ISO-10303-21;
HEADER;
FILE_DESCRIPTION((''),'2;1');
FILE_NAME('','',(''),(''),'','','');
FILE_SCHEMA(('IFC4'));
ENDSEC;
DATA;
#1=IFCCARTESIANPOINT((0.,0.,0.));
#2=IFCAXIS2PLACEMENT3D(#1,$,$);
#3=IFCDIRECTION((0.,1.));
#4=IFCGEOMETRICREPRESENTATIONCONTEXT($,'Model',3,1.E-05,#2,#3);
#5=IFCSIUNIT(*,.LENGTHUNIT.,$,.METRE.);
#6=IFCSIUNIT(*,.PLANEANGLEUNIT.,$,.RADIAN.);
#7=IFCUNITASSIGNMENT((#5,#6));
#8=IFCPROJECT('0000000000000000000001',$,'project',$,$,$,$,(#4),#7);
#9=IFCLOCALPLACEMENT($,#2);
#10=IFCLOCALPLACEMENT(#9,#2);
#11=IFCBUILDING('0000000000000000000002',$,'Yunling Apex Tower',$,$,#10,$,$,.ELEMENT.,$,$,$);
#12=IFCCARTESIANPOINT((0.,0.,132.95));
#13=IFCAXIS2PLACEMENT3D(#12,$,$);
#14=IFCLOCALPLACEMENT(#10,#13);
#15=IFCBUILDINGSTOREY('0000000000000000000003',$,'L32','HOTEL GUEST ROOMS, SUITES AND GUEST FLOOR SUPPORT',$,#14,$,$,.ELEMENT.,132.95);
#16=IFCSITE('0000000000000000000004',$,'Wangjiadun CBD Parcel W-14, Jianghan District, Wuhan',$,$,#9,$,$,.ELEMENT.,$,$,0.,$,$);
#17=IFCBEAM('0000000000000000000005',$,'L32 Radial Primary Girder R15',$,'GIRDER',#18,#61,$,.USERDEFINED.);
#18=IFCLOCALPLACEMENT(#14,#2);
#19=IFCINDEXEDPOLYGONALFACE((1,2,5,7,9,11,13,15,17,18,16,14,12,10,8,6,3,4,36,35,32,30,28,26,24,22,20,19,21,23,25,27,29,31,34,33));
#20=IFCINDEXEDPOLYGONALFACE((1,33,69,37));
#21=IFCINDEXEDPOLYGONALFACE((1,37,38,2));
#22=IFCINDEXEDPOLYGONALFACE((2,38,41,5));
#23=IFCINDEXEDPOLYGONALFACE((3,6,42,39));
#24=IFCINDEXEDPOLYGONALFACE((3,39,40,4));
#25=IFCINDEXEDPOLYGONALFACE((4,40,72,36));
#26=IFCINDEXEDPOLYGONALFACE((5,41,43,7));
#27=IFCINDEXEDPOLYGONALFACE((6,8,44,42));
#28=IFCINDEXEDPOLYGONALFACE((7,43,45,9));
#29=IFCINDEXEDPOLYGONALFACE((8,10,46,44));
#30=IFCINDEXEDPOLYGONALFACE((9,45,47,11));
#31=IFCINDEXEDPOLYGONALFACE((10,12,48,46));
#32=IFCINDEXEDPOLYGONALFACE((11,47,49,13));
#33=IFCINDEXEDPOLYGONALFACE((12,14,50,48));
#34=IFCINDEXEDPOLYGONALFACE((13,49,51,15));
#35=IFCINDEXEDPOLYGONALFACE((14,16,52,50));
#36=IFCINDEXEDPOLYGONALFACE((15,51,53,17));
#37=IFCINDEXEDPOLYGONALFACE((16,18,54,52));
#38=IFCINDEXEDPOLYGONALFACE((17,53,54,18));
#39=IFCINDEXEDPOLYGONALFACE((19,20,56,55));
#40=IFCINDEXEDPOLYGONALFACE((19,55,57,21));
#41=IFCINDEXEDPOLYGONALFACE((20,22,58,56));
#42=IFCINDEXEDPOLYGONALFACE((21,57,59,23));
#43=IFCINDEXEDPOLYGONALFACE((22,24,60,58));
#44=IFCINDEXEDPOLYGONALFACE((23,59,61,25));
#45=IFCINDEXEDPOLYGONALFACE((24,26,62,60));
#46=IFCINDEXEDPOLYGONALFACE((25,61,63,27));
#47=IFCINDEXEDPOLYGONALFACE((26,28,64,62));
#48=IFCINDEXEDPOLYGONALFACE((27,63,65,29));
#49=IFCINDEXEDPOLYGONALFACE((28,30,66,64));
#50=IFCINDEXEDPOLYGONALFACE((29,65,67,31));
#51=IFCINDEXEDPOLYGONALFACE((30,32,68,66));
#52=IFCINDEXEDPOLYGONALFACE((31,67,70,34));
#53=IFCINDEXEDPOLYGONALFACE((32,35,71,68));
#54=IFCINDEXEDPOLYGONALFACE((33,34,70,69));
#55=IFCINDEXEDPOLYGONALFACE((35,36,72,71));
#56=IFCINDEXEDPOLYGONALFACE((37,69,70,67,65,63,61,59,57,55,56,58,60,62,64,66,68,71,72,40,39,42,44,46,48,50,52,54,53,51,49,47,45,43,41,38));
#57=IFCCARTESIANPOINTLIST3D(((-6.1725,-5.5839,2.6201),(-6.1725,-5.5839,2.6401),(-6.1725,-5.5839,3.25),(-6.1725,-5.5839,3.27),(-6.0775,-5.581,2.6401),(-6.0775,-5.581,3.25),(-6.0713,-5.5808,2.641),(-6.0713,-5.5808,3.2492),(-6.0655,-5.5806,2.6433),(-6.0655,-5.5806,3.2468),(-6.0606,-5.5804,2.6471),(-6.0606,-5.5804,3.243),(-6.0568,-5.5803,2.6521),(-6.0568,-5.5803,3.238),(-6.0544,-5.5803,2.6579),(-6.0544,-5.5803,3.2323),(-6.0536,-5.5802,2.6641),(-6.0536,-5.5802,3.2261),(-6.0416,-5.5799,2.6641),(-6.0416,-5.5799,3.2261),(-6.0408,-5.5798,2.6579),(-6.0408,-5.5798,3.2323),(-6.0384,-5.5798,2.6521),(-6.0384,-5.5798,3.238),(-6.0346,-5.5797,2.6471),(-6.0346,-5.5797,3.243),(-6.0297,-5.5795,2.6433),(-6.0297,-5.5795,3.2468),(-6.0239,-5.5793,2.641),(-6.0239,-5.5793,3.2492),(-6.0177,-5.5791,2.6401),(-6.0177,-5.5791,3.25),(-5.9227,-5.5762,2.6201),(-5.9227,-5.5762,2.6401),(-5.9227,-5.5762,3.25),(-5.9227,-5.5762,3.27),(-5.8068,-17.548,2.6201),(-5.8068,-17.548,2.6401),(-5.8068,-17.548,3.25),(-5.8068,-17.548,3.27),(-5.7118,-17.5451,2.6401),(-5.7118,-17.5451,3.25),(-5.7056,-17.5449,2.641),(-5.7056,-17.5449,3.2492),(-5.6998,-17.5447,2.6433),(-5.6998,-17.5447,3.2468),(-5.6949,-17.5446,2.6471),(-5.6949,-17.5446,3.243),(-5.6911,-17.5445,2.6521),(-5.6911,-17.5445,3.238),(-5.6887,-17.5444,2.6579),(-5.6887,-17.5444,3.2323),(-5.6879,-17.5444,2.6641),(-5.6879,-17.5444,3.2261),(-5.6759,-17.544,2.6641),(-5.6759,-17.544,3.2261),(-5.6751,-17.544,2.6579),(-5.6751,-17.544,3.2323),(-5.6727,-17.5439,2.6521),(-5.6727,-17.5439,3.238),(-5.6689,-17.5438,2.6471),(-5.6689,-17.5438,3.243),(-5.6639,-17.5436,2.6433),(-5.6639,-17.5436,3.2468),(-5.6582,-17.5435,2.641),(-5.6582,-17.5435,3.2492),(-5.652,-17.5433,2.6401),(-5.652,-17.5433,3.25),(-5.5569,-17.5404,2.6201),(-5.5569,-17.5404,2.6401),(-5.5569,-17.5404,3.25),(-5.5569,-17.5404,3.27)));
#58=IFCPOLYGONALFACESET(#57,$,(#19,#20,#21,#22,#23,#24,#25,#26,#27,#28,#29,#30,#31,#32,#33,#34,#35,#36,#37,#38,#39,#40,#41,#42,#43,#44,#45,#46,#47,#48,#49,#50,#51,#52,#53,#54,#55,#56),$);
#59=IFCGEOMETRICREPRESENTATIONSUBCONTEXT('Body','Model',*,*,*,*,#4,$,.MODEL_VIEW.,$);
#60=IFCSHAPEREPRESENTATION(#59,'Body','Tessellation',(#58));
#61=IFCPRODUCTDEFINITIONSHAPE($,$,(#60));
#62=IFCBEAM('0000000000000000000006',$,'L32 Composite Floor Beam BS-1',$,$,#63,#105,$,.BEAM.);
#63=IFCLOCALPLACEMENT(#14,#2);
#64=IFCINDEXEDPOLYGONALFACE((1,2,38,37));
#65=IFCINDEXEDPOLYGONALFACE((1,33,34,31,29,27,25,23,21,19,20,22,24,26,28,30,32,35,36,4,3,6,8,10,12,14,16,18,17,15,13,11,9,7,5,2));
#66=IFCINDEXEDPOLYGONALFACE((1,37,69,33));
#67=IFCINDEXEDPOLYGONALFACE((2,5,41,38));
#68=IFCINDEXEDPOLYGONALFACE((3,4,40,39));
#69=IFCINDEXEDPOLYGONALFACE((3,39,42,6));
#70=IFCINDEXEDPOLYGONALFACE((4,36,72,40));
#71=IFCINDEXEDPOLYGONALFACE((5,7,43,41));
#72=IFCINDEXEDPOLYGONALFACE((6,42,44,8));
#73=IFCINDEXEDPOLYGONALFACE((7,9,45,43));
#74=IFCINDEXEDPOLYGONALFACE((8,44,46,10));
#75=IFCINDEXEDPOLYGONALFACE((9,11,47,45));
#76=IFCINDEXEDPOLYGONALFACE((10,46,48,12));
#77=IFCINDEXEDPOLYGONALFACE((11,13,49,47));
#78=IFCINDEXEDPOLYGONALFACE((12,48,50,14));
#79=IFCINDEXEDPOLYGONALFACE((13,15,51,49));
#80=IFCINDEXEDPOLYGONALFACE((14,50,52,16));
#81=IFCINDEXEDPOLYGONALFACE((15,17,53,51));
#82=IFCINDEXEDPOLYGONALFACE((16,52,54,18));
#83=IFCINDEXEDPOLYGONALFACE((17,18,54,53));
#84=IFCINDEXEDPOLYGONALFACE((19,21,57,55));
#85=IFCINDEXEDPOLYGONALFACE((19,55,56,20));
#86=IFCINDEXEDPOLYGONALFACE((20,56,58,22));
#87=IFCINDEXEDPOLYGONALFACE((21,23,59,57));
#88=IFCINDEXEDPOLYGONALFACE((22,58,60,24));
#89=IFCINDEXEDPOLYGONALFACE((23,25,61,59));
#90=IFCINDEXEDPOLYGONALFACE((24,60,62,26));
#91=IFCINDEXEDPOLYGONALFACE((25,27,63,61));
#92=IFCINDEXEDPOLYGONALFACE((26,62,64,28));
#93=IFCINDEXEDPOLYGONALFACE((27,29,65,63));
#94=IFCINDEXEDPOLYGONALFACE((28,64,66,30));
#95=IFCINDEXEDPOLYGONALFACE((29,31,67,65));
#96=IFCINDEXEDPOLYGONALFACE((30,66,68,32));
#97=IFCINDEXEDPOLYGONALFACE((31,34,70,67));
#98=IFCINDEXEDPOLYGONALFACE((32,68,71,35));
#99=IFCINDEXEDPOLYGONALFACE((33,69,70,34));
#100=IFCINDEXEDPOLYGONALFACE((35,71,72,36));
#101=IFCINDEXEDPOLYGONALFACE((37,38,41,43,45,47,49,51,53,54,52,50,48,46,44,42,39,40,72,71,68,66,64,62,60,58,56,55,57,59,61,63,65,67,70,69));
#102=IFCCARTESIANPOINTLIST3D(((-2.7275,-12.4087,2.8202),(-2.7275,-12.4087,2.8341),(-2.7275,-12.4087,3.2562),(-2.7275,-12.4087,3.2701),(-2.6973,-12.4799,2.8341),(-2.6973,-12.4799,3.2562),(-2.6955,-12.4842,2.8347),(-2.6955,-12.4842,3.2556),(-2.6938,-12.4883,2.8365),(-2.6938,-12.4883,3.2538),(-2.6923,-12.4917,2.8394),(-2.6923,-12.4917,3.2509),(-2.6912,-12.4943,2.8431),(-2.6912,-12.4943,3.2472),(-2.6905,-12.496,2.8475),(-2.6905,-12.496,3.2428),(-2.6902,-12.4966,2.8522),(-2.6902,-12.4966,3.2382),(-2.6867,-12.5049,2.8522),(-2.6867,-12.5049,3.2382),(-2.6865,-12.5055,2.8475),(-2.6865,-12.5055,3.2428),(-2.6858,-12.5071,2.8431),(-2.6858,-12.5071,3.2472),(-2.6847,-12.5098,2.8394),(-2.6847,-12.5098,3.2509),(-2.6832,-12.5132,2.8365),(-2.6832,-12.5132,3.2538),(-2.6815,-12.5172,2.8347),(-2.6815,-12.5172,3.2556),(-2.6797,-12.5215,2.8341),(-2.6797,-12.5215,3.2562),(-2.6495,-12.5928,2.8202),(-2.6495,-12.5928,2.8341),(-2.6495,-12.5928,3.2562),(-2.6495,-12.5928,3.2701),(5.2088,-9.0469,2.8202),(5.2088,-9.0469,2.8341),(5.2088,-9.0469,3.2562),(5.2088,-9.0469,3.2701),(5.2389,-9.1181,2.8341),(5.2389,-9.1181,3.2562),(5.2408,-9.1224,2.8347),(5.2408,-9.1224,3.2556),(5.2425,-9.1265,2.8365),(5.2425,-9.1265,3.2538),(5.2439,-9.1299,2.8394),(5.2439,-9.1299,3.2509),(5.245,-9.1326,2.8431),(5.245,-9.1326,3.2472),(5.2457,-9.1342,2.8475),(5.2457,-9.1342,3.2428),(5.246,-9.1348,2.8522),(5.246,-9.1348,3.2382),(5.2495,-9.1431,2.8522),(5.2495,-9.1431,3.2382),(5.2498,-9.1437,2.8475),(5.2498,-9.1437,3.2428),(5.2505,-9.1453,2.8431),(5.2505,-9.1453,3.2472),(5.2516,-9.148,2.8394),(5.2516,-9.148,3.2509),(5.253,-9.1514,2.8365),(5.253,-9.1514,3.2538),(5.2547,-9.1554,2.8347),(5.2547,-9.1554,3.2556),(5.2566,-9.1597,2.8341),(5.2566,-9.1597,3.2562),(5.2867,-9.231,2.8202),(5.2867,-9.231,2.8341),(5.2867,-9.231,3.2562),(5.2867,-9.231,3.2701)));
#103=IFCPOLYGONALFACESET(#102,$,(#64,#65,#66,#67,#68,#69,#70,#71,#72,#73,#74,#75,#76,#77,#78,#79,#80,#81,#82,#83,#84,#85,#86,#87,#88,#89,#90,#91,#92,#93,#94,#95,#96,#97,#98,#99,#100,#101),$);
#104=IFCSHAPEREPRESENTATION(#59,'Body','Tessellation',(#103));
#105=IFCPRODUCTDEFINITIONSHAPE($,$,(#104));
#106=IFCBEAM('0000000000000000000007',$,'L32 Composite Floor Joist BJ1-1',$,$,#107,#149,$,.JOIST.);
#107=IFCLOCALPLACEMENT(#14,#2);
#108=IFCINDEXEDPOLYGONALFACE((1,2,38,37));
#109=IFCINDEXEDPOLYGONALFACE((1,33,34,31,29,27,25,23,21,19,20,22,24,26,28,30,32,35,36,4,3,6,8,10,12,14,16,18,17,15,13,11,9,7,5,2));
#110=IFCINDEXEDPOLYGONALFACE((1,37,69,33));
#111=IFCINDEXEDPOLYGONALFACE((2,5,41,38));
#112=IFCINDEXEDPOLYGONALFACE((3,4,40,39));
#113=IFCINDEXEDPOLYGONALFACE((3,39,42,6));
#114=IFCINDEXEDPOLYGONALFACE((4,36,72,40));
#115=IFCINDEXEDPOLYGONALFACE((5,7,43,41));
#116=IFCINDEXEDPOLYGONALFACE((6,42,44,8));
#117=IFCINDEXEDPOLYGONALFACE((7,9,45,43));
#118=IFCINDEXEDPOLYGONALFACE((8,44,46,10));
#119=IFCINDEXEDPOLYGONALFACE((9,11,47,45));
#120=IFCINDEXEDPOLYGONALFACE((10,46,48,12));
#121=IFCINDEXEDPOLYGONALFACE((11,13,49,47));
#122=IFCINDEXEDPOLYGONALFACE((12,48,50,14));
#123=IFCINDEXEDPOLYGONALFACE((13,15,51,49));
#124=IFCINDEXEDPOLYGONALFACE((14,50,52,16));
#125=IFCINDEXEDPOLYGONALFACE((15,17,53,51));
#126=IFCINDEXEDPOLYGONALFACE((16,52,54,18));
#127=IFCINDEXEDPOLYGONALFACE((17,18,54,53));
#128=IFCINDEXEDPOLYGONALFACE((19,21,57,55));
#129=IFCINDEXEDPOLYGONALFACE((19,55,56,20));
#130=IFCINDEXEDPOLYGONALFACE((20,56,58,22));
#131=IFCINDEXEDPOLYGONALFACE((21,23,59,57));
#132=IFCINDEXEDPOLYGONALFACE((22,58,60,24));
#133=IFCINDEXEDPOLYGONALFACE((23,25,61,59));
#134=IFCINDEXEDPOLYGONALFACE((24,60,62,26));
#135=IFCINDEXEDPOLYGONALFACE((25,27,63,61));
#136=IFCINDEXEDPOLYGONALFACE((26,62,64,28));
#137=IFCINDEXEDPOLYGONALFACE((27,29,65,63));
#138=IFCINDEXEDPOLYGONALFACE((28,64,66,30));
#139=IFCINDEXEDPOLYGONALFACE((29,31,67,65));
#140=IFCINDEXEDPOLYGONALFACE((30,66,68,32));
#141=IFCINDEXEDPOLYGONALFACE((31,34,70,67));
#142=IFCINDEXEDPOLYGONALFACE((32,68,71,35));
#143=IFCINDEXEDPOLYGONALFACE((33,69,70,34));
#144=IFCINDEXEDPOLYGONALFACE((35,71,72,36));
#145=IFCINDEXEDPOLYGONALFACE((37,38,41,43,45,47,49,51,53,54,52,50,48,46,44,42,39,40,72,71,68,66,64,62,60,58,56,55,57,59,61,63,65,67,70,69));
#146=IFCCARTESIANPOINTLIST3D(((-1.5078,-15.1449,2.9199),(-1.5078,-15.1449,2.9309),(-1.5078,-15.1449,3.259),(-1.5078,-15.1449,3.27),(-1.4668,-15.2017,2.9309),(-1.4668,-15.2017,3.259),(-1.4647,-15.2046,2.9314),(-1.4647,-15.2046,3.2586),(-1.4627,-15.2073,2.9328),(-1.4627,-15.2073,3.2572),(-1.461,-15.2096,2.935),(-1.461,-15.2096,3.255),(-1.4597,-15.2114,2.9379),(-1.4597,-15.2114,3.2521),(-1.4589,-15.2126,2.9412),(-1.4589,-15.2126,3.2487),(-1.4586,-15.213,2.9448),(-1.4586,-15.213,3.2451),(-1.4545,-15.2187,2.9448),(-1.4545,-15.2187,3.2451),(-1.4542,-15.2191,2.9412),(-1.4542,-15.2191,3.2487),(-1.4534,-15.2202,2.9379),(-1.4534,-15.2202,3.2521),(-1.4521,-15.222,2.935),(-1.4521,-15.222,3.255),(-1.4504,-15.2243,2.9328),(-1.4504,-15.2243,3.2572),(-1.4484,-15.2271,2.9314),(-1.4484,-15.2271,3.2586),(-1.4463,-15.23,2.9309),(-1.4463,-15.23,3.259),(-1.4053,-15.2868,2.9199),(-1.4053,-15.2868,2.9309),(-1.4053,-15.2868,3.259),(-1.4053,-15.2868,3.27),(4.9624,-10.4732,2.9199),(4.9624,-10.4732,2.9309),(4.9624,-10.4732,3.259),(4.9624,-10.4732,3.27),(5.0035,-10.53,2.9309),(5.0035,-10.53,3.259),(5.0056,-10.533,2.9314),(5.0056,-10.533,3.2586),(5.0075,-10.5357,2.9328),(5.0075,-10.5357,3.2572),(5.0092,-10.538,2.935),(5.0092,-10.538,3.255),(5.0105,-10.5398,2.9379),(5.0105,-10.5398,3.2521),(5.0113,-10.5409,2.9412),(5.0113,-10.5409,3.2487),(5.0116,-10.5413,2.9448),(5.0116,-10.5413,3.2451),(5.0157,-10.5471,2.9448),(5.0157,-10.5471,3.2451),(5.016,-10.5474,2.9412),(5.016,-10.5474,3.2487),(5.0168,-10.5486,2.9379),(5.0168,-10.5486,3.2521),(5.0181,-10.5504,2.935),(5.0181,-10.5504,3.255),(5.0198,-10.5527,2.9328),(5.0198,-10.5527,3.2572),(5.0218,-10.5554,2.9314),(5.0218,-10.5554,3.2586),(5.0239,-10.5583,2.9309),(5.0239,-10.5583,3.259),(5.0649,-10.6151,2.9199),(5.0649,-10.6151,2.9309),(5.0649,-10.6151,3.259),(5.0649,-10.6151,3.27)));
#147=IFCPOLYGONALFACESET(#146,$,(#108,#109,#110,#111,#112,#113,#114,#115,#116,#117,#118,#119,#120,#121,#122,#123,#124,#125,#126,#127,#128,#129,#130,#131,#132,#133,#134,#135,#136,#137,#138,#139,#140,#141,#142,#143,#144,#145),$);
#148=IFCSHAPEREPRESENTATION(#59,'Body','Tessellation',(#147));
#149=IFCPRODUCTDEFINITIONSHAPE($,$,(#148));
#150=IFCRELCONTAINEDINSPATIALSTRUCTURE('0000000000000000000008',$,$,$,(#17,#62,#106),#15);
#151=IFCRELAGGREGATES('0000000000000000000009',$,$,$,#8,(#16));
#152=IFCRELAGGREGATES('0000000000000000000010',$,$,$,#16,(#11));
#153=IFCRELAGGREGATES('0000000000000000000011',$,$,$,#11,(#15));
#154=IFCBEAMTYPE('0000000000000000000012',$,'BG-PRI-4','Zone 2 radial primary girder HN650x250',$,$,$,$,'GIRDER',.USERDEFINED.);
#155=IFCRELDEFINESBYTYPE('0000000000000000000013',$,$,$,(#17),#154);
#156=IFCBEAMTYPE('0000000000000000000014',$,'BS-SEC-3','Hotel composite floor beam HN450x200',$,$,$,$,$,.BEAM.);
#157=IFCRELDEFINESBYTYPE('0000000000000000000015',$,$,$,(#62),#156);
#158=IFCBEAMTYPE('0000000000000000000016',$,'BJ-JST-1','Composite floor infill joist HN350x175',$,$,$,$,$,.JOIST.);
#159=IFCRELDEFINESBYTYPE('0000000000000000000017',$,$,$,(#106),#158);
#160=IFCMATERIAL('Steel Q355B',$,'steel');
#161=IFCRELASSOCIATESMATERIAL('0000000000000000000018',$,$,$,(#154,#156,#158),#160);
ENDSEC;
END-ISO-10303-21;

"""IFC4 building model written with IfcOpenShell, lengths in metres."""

from ifc_helpers import new_model, si_unit, direction, frame, origin, origin_2d, place, context, subcontext, project, spatial, i_section, extrude, source, transform, mapped, material, material_profile, profile_set, type_object, element, save


model = new_model("IFC4")

# Units and contexts
model_context = context("Model", 3, precision=1e-05, world=origin(), true_north=direction((0.0, 1.0)))
body_context = subcontext(model_context, "Body", "Model", "MODEL_VIEW")
ifc_project = project(units=[si_unit("LENGTHUNIT", "METRE"), si_unit("PLANEANGLEUNIT", "RADIAN")], contexts=[model_context])

# Site, building, storey
site_placement = place(None, origin())
site = spatial("IfcSite", under=ifc_project, at=site_placement, Name="Wangjiadun CBD Parcel W-14, Jianghan District, Wuhan", CompositionType="ELEMENT", RefElevation=0.0)
building_placement = place(site_placement, origin())
building = spatial("IfcBuilding", under=site, at=building_placement, Name="Yunling Apex Tower", CompositionType="ELEMENT")
storey_placement = place(building_placement, frame((0.0, 0.0, 132.95)))
storey = spatial("IfcBuildingStorey", under=building, at=storey_placement, Name="L32", Description="HOTEL GUEST ROOMS, SUITES AND GUEST FLOOR SUPPORT", CompositionType="ELEMENT", Elevation=132.95)

# Beams
ifc_material_1 = material(Name="Steel Q355B", Category="steel")
ifc_material_profile_1 = material_profile(ifc_material_1, i_section(OverallWidth=0.25, OverallDepth=0.6499, WebThickness=0.012, FlangeThickness=0.02, FilletRadius=0.0239, at=origin_2d()))
ifc_profile_set_1 = profile_set([ifc_material_profile_1], Name="Steel Q355B")
beam_type_1 = type_object("IfcBeamType", Name="BG-PRI-4", Description="Zone 2 radial primary girder HN650x250", ElementType="GIRDER", PredefinedType="USERDEFINED", material=ifc_profile_set_1)
shared_shape_1 = source(origin(), body_context, "Body", "SweptSolid", [
    extrude(i_section(OverallWidth=0.25, OverallDepth=0.6499, WebThickness=0.012, FlangeThickness=0.02, FilletRadius=0.0239, at=origin_2d()), origin(), (0.0, 0.0, 1.0), 11.9697),
])
beam_1_placement = place(storey_placement, frame((-5.6819, -17.5442, 2.9451), z_axis=(-0.030554, 0.999533, 0.0), x_axis=(-0.999533, -0.030554, 0.0)))
element("IfcBeam", 1, at=beam_1_placement, inside=storey, type_object=beam_type_1, Name="L32 Radial Primary Girder R15", ObjectType="GIRDER", PredefinedType="USERDEFINED", context=body_context, shape_type="MappedRepresentation", body=[
    mapped(shared_shape_1, transform((0.0, 0.0, 0.0), scale=1.0)),
])
ifc_material_profile_2 = material_profile(ifc_material_1, i_section(OverallWidth=0.2, OverallDepth=0.45, WebThickness=0.009, FlangeThickness=0.0139, FilletRadius=0.0181, at=origin_2d()))
ifc_profile_set_2 = profile_set([ifc_material_profile_2], Name="Steel Q355B")
beam_type_2 = type_object("IfcBeamType", Name="BS-SEC-3", Description="Hotel composite floor beam HN450x200", PredefinedType="BEAM", material=ifc_profile_set_2)
shared_shape_2 = source(origin(), body_context, "Body", "SweptSolid", [
    extrude(i_section(OverallWidth=0.2, OverallDepth=0.45, WebThickness=0.009, FlangeThickness=0.0139, FilletRadius=0.0181, at=origin_2d()), origin(), (0.0, 0.0, 1.0), 8.6189),
])
beam_2_placement = place(storey_placement, frame((-2.6885, -12.5007, 3.0452), z_axis=(0.920794, 0.390049, 0.0), x_axis=(-0.390049, 0.920794, 0.0)))
element("IfcBeam", 2, at=beam_2_placement, inside=storey, type_object=beam_type_2, Name="L32 Composite Floor Beam BS-1", PredefinedType="BEAM", context=body_context, shape_type="MappedRepresentation", body=[
    mapped(shared_shape_2, transform((0.0, 0.0, 0.0), scale=1.0)),
])
ifc_material_profile_3 = material_profile(ifc_material_1, i_section(OverallWidth=0.175, OverallDepth=0.3501, WebThickness=0.0071, FlangeThickness=0.011, FilletRadius=0.0139, at=origin_2d()))
ifc_profile_set_3 = profile_set([ifc_material_profile_3], Name="Steel Q355B")
beam_type_3 = type_object("IfcBeamType", Name="BJ-JST-1", Description="Composite floor infill joist HN350x175", PredefinedType="JOIST", material=ifc_profile_set_3)
shared_shape_3 = source(origin(), body_context, "Body", "SweptSolid", [
    extrude(i_section(OverallWidth=0.175, OverallDepth=0.3501, WebThickness=0.0071, FlangeThickness=0.011, FilletRadius=0.0139, at=origin_2d()), origin(), (0.0, 0.0, 1.0), 7.9805),
])
beam_3_placement = place(storey_placement, frame((-1.4565, -15.2158, 3.095), z_axis=(0.810757, 0.585383, 0.0), x_axis=(-0.585383, 0.810757, 0.0)))
element("IfcBeam", 3, at=beam_3_placement, inside=storey, type_object=beam_type_3, Name="L32 Composite Floor Joist BJ1-1", PredefinedType="JOIST", context=body_context, shape_type="MappedRepresentation", body=[
    mapped(shared_shape_3, transform((0.0, 0.0, 0.0), scale=1.0)),
])

save(model, "model.ifc")
